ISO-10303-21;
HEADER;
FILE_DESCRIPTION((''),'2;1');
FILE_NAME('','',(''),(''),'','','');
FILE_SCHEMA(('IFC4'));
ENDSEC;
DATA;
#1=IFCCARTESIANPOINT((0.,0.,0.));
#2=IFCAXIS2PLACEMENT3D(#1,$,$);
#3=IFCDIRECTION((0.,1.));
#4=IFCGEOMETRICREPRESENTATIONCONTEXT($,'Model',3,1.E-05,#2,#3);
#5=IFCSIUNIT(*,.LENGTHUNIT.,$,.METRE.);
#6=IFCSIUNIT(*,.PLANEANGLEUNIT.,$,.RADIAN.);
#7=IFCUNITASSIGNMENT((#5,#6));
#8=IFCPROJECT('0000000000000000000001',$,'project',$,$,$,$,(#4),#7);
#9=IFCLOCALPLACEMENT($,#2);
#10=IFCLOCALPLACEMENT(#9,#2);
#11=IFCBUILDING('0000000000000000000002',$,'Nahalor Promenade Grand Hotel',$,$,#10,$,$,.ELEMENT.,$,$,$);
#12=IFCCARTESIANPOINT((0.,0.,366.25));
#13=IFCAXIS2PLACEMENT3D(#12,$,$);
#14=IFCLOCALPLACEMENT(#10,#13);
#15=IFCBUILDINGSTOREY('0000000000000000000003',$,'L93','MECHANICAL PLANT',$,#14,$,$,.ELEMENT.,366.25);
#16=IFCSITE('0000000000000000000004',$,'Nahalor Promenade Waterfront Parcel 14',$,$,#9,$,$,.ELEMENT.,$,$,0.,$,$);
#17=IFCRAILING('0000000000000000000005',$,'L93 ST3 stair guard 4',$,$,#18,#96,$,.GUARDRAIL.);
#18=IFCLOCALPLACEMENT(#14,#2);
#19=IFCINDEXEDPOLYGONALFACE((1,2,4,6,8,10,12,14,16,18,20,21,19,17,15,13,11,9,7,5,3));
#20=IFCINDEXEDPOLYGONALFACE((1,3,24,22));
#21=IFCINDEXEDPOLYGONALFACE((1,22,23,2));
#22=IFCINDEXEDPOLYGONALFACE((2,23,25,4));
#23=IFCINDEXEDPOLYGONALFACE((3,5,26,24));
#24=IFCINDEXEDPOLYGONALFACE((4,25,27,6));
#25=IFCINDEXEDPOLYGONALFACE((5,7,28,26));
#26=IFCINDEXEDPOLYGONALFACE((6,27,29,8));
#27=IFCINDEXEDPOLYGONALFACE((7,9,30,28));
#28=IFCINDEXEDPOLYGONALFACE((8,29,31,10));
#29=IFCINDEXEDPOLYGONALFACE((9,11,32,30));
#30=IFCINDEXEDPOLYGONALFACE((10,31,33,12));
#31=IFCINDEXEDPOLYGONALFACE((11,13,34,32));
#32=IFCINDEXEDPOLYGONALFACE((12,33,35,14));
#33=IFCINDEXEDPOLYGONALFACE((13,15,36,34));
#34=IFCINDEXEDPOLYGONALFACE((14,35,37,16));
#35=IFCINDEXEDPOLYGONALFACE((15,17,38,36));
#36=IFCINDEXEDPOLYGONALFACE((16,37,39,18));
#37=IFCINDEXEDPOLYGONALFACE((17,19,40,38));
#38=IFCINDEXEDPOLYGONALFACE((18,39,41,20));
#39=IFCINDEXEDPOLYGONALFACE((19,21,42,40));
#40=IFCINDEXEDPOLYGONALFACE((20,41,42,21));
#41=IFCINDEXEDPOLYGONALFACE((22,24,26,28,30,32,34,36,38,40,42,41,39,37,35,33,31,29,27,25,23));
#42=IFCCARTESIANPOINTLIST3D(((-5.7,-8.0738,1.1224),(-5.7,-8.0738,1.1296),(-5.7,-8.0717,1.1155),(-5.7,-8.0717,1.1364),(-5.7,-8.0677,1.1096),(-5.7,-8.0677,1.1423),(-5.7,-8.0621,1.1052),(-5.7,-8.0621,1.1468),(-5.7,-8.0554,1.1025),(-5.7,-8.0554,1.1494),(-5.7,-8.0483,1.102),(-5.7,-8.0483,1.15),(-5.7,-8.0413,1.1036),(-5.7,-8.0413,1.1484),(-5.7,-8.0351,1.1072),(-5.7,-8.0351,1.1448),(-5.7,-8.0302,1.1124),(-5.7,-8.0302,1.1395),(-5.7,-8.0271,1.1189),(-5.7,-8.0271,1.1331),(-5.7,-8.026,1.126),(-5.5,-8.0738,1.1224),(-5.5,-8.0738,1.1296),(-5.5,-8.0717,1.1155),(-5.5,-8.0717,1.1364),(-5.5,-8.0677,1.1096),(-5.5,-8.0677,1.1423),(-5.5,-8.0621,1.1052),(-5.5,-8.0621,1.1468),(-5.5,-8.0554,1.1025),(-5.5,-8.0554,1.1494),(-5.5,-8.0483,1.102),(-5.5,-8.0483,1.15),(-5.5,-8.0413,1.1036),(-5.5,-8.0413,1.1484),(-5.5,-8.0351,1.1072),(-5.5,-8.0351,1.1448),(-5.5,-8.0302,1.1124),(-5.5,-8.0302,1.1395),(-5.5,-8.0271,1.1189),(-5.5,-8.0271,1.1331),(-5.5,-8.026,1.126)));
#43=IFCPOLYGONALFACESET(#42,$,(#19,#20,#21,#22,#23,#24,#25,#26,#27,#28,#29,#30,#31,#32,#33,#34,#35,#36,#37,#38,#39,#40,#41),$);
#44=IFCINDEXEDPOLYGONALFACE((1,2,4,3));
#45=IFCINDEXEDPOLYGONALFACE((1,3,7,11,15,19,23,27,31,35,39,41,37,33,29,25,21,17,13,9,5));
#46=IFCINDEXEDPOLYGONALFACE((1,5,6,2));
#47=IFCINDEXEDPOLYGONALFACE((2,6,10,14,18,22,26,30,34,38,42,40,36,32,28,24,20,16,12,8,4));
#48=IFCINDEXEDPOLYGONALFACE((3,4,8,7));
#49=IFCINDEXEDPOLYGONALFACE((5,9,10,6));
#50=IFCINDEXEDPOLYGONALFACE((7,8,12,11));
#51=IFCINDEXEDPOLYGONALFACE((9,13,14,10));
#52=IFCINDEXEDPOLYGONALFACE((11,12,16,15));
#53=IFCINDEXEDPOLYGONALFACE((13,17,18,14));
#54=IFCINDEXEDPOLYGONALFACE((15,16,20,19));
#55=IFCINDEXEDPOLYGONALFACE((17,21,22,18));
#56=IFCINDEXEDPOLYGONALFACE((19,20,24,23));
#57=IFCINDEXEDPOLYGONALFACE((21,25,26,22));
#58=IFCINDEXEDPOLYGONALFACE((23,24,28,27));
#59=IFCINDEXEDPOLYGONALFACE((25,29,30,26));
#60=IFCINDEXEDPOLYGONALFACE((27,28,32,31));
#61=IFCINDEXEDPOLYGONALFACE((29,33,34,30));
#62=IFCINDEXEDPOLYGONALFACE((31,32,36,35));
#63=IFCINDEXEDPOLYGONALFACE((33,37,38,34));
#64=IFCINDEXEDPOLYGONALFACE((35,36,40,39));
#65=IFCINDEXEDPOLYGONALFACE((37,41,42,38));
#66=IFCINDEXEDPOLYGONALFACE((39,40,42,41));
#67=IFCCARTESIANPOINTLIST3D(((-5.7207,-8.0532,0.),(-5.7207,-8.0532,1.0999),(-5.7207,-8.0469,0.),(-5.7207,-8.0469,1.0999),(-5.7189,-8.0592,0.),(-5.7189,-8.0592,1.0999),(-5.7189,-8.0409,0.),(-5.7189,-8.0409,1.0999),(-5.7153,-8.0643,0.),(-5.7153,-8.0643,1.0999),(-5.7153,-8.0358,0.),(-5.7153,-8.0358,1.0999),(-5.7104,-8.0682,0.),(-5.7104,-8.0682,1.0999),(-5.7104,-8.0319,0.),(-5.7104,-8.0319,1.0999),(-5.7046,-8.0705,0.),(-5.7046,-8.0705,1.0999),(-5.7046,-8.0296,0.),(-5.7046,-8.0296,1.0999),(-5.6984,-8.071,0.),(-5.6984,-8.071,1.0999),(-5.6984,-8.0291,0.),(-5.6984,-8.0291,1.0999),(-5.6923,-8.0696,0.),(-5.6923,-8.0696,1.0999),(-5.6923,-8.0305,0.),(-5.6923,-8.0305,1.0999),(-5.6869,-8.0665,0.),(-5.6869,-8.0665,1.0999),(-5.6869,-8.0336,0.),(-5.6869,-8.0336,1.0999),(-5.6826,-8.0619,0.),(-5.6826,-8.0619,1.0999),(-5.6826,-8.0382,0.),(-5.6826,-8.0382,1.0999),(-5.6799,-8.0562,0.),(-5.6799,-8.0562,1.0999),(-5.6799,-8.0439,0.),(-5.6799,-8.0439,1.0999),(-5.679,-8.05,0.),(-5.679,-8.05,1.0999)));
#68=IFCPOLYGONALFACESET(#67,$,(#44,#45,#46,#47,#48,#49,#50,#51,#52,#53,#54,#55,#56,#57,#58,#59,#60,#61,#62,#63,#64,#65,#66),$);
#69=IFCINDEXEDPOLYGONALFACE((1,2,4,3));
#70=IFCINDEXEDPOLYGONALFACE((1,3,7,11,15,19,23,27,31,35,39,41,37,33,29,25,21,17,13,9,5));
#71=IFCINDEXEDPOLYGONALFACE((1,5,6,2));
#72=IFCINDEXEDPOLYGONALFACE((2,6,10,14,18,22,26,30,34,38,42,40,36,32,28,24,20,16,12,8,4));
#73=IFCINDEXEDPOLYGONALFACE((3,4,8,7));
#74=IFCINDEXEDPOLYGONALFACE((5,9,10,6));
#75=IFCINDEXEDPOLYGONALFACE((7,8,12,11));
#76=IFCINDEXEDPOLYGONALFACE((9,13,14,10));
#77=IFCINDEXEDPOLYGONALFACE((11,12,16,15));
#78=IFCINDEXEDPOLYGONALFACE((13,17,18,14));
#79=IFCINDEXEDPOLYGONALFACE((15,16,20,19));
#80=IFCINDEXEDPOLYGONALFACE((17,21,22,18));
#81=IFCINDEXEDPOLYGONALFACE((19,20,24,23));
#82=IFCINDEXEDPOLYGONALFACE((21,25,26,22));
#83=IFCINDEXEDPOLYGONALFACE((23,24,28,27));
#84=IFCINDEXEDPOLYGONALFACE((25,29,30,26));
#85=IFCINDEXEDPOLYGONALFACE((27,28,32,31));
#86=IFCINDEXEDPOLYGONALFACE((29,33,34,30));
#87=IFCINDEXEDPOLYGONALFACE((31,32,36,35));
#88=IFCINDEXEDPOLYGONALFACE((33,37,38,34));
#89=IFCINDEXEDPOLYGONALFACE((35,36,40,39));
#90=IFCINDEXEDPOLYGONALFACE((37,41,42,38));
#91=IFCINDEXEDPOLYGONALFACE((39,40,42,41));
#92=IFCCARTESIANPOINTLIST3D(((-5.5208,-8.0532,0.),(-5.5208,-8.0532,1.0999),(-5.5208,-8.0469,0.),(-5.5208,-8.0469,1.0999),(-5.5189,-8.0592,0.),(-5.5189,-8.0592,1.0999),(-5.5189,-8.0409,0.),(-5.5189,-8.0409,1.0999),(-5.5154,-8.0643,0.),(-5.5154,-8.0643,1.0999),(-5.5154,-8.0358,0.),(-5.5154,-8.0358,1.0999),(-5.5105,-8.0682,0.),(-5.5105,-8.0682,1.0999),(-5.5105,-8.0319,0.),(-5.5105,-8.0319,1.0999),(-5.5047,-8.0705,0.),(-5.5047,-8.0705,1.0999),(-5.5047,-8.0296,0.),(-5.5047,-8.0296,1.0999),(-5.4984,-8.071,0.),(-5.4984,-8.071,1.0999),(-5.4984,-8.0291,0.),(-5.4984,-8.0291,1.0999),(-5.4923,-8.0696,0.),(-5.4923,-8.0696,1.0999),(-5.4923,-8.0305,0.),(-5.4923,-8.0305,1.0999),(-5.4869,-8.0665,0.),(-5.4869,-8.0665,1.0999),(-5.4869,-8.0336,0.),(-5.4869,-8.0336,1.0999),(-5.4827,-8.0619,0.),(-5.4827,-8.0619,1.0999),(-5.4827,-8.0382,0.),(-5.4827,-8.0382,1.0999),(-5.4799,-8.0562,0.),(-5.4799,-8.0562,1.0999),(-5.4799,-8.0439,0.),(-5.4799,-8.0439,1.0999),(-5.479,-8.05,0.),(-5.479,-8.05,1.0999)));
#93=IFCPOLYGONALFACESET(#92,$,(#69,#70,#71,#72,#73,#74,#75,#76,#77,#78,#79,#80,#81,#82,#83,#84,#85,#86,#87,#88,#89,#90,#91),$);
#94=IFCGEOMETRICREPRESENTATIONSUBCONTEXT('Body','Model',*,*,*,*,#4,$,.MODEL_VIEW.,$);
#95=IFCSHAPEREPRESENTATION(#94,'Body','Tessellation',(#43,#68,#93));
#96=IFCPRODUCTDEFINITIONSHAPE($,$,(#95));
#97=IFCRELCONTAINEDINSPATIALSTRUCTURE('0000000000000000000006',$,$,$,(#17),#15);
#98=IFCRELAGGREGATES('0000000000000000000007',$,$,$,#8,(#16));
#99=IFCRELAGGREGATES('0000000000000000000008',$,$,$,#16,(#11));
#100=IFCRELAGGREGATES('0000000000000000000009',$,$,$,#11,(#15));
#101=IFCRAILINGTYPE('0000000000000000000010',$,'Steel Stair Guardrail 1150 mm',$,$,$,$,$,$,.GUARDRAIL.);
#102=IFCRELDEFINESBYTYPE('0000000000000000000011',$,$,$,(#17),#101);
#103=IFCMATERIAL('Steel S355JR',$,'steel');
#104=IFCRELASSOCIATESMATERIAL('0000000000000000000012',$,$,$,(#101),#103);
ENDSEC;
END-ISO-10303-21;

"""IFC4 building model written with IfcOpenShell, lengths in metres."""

from ifc_helpers import new_model, si_unit, direction, frame, origin, origin_2d, place, context, subcontext, project, spatial, circle, extrude, material, type_object, element, save


model = new_model("IFC4")

# Units and contexts
model_context = context("Model", 3, precision=1e-05, world=origin(), true_north=direction((0.0, 1.0)))
body_context = subcontext(model_context, "Body", "Model", "MODEL_VIEW")
ifc_project = project(units=[si_unit("LENGTHUNIT", "METRE"), si_unit("PLANEANGLEUNIT", "RADIAN")], contexts=[model_context])

# Site, building, storey
site_placement = place(None, origin())
site = spatial("IfcSite", under=ifc_project, at=site_placement, Name="Nahalor Promenade Waterfront Parcel 14", CompositionType="ELEMENT", RefElevation=0.0)
building_placement = place(site_placement, origin())
building = spatial("IfcBuilding", under=site, at=building_placement, Name="Nahalor Promenade Grand Hotel", CompositionType="ELEMENT")
storey_placement = place(building_placement, frame((0.0, 0.0, 366.25)))
storey = spatial("IfcBuildingStorey", under=building, at=storey_placement, Name="L93", Description="MECHANICAL PLANT", CompositionType="ELEMENT", Elevation=366.25)

# Shared definitions
ifc_material_1 = material(Name="Steel S355JR", Category="steel")

# Railing
railing_type_1 = type_object("IfcRailingType", Name="Steel Stair Guardrail 1150 mm", PredefinedType="GUARDRAIL", material=ifc_material_1)
railing_1_placement = place(storey_placement, frame((-5.7, -8.05, 0.0)))
element("IfcRailing", 1, at=railing_1_placement, inside=storey, type_object=railing_type_1, Name="L93 ST3 stair guard 4", PredefinedType="GUARDRAIL", context=body_context, shape_type="SweptSolid", body=[
    extrude(circle(Radius=0.024, at=origin_2d()), frame((0.0, 0.0, 1.126), z_axis=(1.0, 0.0, 0.0), x_axis=(0.0, 1.0, 0.0)), (0.0, 0.0, 1.0), 0.2),
    extrude(circle(Radius=0.021, at=origin_2d()), origin(), (0.0, 0.0, 1.0), 1.0999),
    extrude(circle(Radius=0.021, at=origin_2d()), frame((0.2, 0.0, 0.0)), (0.0, 0.0, 1.0), 1.0999),
])

save(model, "model.ifc")
